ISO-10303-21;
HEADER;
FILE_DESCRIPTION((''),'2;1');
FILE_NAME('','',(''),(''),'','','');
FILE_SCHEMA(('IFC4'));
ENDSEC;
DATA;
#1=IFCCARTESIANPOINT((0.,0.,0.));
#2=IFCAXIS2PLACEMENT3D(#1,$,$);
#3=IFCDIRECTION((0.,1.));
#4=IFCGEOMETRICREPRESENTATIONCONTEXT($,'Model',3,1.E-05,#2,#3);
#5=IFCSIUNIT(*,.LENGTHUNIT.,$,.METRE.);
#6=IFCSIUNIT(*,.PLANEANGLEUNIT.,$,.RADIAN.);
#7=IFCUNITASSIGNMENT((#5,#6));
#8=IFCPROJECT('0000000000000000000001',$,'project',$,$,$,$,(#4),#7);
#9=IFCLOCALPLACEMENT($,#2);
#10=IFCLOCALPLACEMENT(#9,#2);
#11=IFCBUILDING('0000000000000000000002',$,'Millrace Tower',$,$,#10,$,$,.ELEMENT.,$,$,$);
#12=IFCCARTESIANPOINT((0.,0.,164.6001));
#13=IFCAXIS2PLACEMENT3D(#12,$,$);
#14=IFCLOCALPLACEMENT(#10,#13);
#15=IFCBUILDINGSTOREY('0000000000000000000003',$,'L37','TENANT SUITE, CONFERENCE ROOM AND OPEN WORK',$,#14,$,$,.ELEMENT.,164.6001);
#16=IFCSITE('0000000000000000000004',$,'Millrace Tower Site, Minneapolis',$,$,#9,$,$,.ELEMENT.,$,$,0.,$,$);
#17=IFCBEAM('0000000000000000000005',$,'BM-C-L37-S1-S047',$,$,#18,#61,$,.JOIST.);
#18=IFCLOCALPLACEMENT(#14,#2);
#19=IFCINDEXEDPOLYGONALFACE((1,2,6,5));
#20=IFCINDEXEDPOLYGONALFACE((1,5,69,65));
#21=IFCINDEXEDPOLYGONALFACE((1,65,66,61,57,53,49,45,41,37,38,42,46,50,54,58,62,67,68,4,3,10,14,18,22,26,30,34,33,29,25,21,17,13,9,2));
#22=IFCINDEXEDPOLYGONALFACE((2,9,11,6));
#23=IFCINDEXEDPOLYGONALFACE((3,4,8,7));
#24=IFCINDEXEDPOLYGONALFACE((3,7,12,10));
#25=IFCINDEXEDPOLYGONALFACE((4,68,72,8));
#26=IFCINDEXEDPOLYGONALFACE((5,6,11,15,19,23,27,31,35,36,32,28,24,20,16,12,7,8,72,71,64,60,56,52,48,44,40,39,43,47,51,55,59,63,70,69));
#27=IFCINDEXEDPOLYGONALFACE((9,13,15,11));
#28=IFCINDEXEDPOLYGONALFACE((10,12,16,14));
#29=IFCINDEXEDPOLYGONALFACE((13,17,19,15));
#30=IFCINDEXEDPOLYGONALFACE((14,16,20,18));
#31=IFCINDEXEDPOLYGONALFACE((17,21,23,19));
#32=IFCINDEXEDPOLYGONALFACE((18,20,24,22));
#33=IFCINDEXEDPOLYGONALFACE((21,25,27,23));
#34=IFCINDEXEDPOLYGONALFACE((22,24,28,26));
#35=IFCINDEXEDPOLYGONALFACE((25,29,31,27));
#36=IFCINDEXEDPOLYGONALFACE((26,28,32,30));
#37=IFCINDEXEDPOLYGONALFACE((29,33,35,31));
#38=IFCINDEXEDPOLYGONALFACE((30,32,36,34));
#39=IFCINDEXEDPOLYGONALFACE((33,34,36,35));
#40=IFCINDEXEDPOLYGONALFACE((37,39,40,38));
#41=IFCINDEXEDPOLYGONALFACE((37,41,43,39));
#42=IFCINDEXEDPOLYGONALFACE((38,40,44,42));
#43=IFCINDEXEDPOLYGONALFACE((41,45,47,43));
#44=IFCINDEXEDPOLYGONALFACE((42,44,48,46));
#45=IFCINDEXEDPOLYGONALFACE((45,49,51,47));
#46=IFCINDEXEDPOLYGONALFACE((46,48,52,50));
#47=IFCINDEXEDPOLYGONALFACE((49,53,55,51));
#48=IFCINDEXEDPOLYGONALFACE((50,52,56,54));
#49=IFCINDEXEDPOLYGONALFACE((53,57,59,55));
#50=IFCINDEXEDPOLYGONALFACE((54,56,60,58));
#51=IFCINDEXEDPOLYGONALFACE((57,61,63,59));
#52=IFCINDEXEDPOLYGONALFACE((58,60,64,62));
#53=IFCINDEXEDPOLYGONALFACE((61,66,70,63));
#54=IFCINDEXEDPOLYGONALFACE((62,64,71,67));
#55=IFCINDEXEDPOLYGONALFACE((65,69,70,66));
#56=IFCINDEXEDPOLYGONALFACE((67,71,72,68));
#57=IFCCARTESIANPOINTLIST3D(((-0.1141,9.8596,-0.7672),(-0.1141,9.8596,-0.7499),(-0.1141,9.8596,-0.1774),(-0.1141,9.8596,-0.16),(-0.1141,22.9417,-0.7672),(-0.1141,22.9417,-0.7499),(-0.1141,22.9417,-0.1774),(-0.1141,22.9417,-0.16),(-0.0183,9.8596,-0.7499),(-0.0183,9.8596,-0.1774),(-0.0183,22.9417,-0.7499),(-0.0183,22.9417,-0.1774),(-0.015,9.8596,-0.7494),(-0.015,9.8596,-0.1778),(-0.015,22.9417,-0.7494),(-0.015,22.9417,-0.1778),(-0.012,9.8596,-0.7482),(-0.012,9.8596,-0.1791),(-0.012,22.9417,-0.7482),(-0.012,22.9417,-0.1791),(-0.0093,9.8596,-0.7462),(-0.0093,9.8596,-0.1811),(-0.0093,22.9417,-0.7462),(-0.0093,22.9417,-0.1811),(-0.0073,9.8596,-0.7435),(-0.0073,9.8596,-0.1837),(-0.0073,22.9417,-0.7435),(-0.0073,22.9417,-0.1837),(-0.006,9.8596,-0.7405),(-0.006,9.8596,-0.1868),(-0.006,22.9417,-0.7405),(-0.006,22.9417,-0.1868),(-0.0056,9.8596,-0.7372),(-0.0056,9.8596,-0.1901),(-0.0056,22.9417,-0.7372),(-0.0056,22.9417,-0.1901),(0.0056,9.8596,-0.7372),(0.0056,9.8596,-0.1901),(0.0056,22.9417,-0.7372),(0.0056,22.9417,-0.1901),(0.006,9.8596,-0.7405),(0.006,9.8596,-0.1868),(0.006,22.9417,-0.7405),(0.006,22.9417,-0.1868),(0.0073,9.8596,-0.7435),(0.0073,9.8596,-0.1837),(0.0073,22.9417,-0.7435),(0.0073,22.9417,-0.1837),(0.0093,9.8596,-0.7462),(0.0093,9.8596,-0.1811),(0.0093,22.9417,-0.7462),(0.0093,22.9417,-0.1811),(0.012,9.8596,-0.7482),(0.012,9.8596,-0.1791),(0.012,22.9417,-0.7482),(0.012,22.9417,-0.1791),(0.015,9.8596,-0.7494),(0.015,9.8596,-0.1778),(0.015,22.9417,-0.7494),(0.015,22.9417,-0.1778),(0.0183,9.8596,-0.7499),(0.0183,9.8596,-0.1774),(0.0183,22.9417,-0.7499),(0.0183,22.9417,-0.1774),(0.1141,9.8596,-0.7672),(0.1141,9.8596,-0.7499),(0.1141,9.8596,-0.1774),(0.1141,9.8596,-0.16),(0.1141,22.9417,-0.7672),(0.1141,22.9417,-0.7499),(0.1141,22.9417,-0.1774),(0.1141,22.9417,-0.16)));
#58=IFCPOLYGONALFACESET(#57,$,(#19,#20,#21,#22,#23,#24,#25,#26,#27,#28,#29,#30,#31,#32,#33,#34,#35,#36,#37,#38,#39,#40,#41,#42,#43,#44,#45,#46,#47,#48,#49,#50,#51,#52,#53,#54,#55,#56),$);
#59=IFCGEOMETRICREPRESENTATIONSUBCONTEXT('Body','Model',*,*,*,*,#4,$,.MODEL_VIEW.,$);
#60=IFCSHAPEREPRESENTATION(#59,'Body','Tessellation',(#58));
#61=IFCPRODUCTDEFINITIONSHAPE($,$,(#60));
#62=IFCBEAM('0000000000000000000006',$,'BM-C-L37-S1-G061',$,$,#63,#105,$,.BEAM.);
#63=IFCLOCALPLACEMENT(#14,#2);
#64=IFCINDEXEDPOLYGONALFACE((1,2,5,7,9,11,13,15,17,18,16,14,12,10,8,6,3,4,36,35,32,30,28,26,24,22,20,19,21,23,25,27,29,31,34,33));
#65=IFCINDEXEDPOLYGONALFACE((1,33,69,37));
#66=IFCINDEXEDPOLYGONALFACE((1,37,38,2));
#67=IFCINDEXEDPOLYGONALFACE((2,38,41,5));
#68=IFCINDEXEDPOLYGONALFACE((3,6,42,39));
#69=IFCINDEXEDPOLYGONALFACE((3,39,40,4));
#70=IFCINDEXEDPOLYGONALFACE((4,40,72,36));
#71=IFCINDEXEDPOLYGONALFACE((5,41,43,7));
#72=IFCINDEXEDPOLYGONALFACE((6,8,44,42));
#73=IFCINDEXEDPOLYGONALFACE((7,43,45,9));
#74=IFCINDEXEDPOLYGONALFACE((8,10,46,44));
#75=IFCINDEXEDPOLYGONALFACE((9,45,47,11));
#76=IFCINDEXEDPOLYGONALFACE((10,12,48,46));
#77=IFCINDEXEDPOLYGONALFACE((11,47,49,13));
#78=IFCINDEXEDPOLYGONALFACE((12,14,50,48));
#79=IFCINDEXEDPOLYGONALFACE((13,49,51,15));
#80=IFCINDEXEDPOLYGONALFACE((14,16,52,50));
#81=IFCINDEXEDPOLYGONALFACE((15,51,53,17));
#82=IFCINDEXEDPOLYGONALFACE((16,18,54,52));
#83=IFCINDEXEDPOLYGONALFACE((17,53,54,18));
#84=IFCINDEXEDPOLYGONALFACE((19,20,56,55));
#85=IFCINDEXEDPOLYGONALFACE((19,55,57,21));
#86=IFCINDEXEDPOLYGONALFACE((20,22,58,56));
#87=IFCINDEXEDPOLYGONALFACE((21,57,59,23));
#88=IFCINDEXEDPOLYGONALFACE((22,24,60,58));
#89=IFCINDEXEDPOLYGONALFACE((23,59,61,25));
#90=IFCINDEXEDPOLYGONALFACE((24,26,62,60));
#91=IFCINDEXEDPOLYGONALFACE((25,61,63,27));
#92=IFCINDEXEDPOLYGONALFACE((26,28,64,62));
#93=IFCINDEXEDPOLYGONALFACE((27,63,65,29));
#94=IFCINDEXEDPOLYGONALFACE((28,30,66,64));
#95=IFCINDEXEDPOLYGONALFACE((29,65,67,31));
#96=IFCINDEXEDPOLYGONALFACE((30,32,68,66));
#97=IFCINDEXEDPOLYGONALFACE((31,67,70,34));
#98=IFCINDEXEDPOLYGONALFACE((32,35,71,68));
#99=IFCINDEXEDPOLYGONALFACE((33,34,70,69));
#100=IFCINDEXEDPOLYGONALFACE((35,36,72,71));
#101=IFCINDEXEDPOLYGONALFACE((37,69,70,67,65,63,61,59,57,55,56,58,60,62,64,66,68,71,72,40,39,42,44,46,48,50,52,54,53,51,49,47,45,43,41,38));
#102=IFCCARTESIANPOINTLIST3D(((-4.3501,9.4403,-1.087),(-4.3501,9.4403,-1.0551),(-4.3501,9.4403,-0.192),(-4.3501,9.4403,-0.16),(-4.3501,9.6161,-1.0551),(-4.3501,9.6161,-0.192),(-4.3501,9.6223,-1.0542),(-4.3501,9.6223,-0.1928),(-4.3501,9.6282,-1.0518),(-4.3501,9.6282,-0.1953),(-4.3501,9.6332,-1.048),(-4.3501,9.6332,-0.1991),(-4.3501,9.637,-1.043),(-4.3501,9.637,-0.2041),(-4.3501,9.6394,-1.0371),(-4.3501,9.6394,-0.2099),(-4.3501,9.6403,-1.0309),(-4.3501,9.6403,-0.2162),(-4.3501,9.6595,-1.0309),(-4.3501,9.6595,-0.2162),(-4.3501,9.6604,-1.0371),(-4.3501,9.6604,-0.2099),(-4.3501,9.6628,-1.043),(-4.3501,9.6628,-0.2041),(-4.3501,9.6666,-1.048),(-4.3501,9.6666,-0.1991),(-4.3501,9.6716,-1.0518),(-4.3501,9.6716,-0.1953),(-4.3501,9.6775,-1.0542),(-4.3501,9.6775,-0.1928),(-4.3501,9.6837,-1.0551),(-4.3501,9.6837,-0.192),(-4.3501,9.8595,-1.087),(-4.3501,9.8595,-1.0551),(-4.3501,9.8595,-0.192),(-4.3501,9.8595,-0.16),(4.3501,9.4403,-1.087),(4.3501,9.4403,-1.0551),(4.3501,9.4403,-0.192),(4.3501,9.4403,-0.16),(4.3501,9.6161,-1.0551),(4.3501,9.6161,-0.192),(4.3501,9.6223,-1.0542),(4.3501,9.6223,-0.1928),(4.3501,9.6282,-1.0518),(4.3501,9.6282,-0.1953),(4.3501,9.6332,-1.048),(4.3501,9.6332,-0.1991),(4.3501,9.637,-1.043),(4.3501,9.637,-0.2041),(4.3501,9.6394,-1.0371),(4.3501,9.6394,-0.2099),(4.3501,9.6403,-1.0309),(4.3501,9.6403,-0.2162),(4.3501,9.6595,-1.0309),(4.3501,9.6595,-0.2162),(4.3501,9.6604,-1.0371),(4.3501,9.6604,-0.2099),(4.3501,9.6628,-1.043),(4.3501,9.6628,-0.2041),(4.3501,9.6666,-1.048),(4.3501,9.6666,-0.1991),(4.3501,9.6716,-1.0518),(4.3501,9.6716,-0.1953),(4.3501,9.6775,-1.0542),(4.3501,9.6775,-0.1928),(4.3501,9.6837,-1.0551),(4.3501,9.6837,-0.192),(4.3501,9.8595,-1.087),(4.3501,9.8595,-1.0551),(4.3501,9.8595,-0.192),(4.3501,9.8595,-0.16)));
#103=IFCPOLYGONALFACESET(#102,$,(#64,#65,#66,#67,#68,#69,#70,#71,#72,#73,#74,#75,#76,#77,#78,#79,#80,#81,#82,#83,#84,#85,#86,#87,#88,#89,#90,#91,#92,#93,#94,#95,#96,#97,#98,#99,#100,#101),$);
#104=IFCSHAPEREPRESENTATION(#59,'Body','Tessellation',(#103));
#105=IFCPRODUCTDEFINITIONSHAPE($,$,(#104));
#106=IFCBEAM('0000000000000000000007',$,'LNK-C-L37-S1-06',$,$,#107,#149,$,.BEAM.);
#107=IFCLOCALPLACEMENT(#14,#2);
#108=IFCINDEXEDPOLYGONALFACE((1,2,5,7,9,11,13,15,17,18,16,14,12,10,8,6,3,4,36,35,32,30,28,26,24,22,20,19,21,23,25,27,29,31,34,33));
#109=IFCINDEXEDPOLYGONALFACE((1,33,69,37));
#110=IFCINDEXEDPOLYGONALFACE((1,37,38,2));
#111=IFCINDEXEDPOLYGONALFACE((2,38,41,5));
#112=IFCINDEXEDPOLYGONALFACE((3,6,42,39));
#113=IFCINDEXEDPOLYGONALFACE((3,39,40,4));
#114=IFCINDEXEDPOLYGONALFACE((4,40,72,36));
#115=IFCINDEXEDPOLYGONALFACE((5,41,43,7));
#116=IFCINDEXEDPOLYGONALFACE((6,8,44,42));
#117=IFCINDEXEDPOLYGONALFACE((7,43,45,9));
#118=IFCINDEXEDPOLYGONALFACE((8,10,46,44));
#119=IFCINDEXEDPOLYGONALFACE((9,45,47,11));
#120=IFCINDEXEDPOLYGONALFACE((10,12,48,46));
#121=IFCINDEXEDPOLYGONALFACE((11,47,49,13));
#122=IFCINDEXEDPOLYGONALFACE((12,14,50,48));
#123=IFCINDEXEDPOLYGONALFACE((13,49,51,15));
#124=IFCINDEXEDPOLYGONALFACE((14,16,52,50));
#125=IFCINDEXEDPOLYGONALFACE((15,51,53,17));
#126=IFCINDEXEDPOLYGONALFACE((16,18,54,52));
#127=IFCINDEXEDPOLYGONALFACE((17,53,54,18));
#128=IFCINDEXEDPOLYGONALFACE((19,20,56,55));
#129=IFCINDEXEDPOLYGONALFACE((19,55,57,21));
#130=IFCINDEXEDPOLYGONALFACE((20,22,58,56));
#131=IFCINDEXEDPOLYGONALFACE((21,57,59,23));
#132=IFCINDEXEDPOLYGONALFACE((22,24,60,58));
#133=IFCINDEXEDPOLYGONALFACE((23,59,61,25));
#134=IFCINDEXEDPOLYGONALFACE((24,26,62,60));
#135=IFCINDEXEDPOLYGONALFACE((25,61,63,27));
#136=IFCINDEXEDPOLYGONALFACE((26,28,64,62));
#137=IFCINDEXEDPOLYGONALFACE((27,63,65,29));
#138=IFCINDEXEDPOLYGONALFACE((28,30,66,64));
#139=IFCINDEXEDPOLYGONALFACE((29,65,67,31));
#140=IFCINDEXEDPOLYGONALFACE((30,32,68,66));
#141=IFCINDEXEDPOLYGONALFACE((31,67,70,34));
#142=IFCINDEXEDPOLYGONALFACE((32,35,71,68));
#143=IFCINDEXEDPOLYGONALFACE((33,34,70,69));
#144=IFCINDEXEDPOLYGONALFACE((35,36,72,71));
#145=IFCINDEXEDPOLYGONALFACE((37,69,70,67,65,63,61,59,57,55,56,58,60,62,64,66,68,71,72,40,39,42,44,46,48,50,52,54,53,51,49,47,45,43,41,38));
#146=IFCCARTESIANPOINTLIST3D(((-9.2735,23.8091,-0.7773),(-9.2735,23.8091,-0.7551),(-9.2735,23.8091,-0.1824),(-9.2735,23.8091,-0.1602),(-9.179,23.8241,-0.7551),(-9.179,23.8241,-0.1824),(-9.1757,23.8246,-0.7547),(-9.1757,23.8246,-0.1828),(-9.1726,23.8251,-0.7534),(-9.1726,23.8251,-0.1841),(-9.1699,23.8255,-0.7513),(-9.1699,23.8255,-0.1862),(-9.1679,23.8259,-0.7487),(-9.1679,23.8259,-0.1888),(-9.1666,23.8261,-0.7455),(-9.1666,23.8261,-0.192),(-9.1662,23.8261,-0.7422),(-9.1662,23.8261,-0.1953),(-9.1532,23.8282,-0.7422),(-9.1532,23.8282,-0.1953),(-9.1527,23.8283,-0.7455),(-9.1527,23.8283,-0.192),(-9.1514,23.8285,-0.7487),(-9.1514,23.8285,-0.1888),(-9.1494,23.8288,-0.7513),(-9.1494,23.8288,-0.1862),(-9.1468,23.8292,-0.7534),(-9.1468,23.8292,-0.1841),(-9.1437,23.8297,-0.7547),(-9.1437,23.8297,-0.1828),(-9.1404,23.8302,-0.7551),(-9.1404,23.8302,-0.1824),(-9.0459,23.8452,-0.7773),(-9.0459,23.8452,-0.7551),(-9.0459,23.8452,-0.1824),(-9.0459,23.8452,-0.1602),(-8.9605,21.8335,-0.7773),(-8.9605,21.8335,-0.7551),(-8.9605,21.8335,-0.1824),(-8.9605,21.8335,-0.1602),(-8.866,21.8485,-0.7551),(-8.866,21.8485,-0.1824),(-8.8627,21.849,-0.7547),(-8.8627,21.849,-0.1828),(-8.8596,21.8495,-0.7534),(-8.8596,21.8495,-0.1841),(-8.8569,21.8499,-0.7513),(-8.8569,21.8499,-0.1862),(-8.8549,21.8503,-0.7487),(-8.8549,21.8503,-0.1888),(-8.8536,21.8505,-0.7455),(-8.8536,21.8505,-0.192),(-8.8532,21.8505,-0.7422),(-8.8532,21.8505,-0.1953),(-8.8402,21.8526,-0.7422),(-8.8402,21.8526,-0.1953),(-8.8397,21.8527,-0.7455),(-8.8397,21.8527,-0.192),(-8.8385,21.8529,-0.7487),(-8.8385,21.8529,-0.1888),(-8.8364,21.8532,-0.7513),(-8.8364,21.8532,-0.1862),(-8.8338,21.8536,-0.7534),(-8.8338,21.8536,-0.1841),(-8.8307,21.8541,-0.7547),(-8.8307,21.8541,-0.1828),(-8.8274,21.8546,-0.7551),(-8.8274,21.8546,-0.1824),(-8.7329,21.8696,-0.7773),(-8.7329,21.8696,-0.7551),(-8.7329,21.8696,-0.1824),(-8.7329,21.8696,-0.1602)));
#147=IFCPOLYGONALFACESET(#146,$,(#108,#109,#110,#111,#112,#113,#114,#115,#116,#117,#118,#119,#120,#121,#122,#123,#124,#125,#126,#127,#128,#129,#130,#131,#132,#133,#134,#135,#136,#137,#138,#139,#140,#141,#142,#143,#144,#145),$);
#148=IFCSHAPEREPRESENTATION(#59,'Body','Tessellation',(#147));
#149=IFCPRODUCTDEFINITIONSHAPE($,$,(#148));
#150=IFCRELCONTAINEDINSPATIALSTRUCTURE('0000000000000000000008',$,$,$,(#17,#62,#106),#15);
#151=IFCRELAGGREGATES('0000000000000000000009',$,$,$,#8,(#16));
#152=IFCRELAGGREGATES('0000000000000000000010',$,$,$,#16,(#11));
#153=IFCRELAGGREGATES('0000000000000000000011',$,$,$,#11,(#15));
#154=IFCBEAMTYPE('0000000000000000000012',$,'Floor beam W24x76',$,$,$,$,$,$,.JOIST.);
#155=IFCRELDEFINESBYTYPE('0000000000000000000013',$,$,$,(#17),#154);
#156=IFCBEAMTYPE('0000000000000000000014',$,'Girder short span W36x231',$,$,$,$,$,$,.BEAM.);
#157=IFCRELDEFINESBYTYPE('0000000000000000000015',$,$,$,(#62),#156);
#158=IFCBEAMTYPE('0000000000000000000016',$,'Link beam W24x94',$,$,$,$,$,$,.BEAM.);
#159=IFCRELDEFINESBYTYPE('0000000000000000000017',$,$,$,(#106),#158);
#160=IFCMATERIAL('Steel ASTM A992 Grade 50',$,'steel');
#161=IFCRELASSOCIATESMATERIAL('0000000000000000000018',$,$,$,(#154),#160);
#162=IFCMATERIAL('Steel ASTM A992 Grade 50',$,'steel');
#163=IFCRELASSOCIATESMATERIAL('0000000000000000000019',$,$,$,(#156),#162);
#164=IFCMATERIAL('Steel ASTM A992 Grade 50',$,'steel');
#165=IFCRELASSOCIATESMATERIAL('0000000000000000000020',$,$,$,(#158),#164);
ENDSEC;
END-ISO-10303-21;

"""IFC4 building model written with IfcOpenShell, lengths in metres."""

from ifc_helpers import new_model, si_unit, direction, frame, origin, origin_2d, place, context, subcontext, project, spatial, i_section, extrude, material, material_profile, profile_set, type_object, element, save


model = new_model("IFC4")

# Units and contexts
model_context = context("Model", 3, precision=1e-05, world=origin(), true_north=direction((0.0, 1.0)))
body_context = subcontext(model_context, "Body", "Model", "MODEL_VIEW")
ifc_project = project(units=[si_unit("LENGTHUNIT", "METRE"), si_unit("PLANEANGLEUNIT", "RADIAN")], contexts=[model_context])

# Site, building, storey
site_placement = place(None, origin())
site = spatial("IfcSite", under=ifc_project, at=site_placement, Name="Millrace Tower Site, Minneapolis", CompositionType="ELEMENT", RefElevation=0.0)
building_placement = place(site_placement, origin())
building = spatial("IfcBuilding", under=site, at=building_placement, Name="Millrace Tower", CompositionType="ELEMENT")
storey_placement = place(building_placement, frame((0.0, 0.0, 164.6001)))
storey = spatial("IfcBuildingStorey", under=building, at=storey_placement, Name="L37", Description="TENANT SUITE, CONFERENCE ROOM AND OPEN WORK", CompositionType="ELEMENT", Elevation=164.6001)

# Beams
ifc_material_1 = material(Name="Steel ASTM A992 Grade 50", Category="steel")
ifc_material_profile_1 = material_profile(ifc_material_1, i_section(OverallWidth=0.2283, OverallDepth=0.6072, WebThickness=0.0112, FlangeThickness=0.0173, FilletRadius=0.0127, at=origin_2d()))
ifc_profile_set_1 = profile_set([ifc_material_profile_1], Name="Steel ASTM A992 Grade 50")
beam_type_1 = type_object("IfcBeamType", Name="Floor beam W24x76", PredefinedType="JOIST", material=ifc_profile_set_1)
beam_1_placement = place(storey_placement, frame((0.0, 9.8596, -0.4636), z_axis=(0.0, 1.0, 0.0), x_axis=(-1.0, 0.0, 0.0)))
element("IfcBeam", 1, at=beam_1_placement, inside=storey, type_object=beam_type_1, Name="BM-C-L37-S1-S047", PredefinedType="JOIST", context=body_context, shape_type="SweptSolid", body=[
    extrude(i_section(OverallWidth=0.2283, OverallDepth=0.6072, WebThickness=0.0112, FlangeThickness=0.0173, FilletRadius=0.0127, at=origin_2d()), origin(), (0.0, 0.0, 1.0), 13.082),
])
ifc_material_2 = material(Name="Steel ASTM A992 Grade 50", Category="steel")
ifc_material_profile_2 = material_profile(ifc_material_2, i_section(OverallWidth=0.4192, OverallDepth=0.927, WebThickness=0.0193, FlangeThickness=0.032, FilletRadius=0.0242, at=origin_2d()))
ifc_profile_set_2 = profile_set([ifc_material_profile_2], Name="Steel ASTM A992 Grade 50")
beam_type_2 = type_object("IfcBeamType", Name="Girder short span W36x231", PredefinedType="BEAM", material=ifc_profile_set_2)
beam_2_placement = place(storey_placement, frame((-4.3501, 9.6499, -0.6235), z_axis=(1.0, 0.0, 0.0), x_axis=(0.0, 1.0, 0.0)))
element("IfcBeam", 2, at=beam_2_placement, inside=storey, type_object=beam_type_2, Name="BM-C-L37-S1-G061", PredefinedType="BEAM", context=body_context, shape_type="SweptSolid", body=[
    extrude(i_section(OverallWidth=0.4192, OverallDepth=0.927, WebThickness=0.0193, FlangeThickness=0.032, FilletRadius=0.0242, at=origin_2d()), origin(), (0.0, 0.0, 1.0), 8.7002),
])
ifc_material_3 = material(Name="Steel ASTM A992 Grade 50", Category="steel")
ifc_material_profile_3 = material_profile(ifc_material_3, i_section(OverallWidth=0.2305, OverallDepth=0.6172, WebThickness=0.0132, FlangeThickness=0.0222, FilletRadius=0.0129, at=origin_2d()))
ifc_profile_set_3 = profile_set([ifc_material_profile_3], Name="Steel ASTM A992 Grade 50")
beam_type_3 = type_object("IfcBeamType", Name="Link beam W24x94", PredefinedType="BEAM", material=ifc_profile_set_3)
beam_3_placement = place(storey_placement, frame((-8.8467, 21.8516, -0.4688), z_axis=(-0.156477, 0.987682, 0.0), x_axis=(-0.987682, -0.156477, 0.0)))
element("IfcBeam", 3, at=beam_3_placement, inside=storey, type_object=beam_type_3, Name="LNK-C-L37-S1-06", PredefinedType="BEAM", context=body_context, shape_type="SweptSolid", body=[
    extrude(i_section(OverallWidth=0.2305, OverallDepth=0.6172, WebThickness=0.0132, FlangeThickness=0.0222, FilletRadius=0.0129, at=origin_2d()), origin(), (0.0, 0.0, 1.0), 2.0002),
])

save(model, "model.ifc")
